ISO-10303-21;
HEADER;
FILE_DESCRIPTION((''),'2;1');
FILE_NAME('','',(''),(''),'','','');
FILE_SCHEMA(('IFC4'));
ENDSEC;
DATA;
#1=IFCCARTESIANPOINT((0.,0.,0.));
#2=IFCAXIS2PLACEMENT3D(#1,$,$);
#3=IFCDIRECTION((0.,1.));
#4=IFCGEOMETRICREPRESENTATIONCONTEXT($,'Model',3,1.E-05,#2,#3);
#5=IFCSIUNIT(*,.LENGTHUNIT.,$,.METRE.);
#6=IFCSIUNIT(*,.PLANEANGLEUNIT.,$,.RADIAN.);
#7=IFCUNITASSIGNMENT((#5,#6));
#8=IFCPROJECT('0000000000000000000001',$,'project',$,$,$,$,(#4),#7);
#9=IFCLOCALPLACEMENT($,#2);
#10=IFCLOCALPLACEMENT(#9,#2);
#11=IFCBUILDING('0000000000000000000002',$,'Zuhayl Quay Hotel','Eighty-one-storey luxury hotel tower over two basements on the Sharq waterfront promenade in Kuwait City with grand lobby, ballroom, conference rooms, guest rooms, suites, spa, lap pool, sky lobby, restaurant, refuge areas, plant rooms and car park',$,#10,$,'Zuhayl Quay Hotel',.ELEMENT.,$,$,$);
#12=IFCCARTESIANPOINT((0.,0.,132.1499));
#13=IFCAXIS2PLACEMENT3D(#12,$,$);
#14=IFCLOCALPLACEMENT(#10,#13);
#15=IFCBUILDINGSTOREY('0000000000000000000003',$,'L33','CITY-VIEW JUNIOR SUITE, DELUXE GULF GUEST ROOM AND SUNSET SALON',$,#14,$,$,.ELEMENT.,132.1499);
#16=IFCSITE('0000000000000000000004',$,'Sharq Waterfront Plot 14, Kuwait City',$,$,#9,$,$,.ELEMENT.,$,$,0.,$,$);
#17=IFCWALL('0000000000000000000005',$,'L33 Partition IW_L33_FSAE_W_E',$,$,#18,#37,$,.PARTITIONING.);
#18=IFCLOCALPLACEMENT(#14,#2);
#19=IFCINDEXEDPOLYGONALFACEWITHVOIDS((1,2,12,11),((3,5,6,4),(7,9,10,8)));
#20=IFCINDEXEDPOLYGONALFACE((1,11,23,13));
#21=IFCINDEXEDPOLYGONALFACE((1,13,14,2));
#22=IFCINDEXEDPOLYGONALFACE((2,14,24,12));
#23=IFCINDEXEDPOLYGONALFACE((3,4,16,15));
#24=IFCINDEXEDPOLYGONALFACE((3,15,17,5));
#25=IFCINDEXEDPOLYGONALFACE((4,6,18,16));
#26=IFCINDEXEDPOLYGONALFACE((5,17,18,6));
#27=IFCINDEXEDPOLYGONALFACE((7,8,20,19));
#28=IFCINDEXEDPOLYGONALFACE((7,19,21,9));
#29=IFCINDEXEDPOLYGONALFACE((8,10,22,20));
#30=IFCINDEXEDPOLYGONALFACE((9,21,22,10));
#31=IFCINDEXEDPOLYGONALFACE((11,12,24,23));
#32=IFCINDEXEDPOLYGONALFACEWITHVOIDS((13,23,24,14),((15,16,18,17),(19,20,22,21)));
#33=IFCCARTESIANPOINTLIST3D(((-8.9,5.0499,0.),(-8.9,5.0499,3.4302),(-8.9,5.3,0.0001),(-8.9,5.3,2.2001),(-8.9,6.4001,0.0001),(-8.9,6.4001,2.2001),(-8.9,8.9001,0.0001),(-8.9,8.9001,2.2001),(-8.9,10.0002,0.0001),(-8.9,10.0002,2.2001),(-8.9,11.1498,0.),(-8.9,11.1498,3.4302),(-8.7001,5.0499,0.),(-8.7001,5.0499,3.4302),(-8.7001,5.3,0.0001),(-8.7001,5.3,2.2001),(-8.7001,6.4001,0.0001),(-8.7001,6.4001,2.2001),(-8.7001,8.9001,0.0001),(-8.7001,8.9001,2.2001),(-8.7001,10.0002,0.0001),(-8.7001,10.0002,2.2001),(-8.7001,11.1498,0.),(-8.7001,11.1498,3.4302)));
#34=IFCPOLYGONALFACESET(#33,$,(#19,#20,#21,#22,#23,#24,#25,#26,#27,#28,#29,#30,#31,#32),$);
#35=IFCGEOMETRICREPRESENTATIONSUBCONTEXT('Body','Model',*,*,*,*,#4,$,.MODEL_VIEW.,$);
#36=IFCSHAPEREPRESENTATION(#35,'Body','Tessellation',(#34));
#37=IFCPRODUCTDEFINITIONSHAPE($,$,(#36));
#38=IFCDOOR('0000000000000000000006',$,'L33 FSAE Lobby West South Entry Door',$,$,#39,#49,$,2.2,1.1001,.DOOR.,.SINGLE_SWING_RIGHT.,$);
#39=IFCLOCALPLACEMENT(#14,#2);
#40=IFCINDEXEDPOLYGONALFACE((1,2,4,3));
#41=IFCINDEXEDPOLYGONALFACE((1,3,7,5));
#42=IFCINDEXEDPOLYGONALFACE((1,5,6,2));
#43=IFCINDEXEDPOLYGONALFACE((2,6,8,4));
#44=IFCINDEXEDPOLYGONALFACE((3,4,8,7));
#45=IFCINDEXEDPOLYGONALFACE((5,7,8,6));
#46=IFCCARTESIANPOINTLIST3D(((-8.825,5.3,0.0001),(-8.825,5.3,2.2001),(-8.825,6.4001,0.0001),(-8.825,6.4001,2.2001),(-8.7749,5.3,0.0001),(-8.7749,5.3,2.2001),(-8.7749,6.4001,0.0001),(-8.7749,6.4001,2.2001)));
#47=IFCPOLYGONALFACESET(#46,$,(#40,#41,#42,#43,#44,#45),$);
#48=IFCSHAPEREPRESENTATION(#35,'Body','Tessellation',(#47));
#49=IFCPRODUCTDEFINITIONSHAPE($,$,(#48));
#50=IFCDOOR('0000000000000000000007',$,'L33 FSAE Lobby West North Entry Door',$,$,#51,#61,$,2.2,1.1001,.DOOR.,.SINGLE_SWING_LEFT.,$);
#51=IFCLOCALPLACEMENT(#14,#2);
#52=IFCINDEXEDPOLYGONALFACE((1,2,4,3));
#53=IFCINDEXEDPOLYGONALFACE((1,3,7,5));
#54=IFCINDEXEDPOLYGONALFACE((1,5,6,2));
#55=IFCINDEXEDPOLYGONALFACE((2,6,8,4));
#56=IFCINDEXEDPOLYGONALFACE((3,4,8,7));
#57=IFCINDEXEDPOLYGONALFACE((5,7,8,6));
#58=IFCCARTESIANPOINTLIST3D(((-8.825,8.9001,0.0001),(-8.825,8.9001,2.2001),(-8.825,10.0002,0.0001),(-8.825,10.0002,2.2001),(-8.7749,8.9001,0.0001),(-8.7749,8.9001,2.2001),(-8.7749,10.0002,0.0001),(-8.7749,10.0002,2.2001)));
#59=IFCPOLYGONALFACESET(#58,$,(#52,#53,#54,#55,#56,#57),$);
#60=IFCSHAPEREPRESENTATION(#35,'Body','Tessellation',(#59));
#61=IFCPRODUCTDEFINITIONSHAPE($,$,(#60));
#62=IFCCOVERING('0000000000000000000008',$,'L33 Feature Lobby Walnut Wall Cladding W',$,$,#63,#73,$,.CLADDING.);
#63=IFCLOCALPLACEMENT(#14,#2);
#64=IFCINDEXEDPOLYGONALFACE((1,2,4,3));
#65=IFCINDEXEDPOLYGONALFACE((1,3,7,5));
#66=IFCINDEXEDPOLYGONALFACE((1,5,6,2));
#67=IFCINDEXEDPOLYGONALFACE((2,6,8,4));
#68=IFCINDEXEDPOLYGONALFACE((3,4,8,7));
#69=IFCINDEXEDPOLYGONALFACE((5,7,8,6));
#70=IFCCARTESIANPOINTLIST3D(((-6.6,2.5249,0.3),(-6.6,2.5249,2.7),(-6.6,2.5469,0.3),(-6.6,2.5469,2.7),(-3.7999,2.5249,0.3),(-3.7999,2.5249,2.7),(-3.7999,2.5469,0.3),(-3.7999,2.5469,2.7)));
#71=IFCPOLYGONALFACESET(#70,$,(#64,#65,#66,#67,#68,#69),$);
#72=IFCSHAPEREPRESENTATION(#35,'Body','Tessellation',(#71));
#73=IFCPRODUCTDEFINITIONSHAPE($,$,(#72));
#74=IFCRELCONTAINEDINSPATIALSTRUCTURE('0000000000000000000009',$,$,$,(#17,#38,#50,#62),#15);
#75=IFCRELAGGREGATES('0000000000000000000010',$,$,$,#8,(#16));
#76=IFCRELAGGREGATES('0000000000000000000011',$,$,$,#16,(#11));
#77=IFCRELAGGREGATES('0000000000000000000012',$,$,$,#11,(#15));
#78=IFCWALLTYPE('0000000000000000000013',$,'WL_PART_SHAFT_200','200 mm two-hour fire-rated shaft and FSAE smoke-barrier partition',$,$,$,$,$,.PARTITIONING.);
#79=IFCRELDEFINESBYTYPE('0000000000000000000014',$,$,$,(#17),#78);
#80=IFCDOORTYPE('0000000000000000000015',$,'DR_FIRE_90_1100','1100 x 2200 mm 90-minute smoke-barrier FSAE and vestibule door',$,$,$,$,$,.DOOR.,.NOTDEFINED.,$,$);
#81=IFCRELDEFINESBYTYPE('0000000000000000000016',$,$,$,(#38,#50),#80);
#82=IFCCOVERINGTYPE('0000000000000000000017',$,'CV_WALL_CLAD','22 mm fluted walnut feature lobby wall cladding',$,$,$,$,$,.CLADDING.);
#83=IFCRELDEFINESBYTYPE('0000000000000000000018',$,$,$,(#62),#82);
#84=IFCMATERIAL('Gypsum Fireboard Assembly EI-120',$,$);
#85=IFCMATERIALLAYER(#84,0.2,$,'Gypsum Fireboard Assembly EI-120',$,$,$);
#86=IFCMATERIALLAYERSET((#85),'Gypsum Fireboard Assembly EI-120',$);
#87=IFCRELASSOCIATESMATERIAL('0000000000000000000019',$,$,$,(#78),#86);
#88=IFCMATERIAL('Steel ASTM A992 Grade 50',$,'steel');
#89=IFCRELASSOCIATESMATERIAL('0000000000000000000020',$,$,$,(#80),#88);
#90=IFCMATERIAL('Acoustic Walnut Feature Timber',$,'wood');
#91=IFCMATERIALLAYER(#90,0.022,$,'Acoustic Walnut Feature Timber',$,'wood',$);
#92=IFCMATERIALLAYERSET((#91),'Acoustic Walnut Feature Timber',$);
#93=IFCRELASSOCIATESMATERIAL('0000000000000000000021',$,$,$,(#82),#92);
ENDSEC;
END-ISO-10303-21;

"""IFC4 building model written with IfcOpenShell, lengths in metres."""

from ifc_helpers import new_model, si_unit, direction, frame, frame_2d, origin, origin_2d, place, context, subcontext, project, spatial, rectangle, extrude, material, layer, layer_set, type_object, element, fill, save


model = new_model("IFC4")

# Units and contexts
model_context = context("Model", 3, precision=1e-05, world=origin(), true_north=direction((0.0, 1.0)))
body_context = subcontext(model_context, "Body", "Model", "MODEL_VIEW")
ifc_project = project(units=[si_unit("LENGTHUNIT", "METRE"), si_unit("PLANEANGLEUNIT", "RADIAN")], contexts=[model_context])

# Site, building, storey
site_placement = place(None, origin())
site = spatial("IfcSite", under=ifc_project, at=site_placement, Name="Sharq Waterfront Plot 14, Kuwait City", CompositionType="ELEMENT", RefElevation=0.0)
building_placement = place(site_placement, origin())
building = spatial("IfcBuilding", under=site, at=building_placement, Name="Zuhayl Quay Hotel", Description="Eighty-one-storey luxury hotel tower over two basements on the Sharq waterfront promenade in Kuwait City with grand lobby, ballroom, conference rooms, guest rooms, suites, spa, lap pool, sky lobby, restaurant, refuge areas, plant rooms and car park", LongName="Zuhayl Quay Hotel", CompositionType="ELEMENT")
storey_placement = place(building_placement, frame((0.0, 0.0, 132.1499)))
storey = spatial("IfcBuildingStorey", under=building, at=storey_placement, Name="L33", Description="CITY-VIEW JUNIOR SUITE, DELUXE GULF GUEST ROOM AND SUNSET SALON", CompositionType="ELEMENT", Elevation=132.1499)

# Shared definitions
ifc_material_1 = material(Name="Steel ASTM A992 Grade 50", Category="steel")

# Wall, openings, doors
ifc_material_2 = material(Name="Gypsum Fireboard Assembly EI-120")
ifc_layer_1 = layer(ifc_material_2, 0.2, Name="Gypsum Fireboard Assembly EI-120")
ifc_layer_set_1 = layer_set([ifc_layer_1], Name="Gypsum Fireboard Assembly EI-120")
wall_type_1 = type_object("IfcWallType", Name="WL_PART_SHAFT_200", Description="200 mm two-hour fire-rated shaft and FSAE smoke-barrier partition", PredefinedType="PARTITIONING", material=ifc_layer_set_1)
wall_1_placement = place(storey_placement, frame((-8.8, 5.05, 0.0), z_axis=(0.0, 0.0, 1.0), x_axis=(0.0, 1.0, 0.0)))
wall_1 = element("IfcWall", 1, at=wall_1_placement, inside=storey, type_object=wall_type_1, Name="L33 Partition IW_L33_FSAE_W_E", PredefinedType="PARTITIONING", context=body_context, shape_type="SweptSolid", body=[
    extrude(rectangle(XDim=6.0999, YDim=0.2, at=frame_2d((3.0498, 0.0))), origin(), (0.0, 0.0, 1.0), 3.4302),
])
opening_1_placement = place(wall_1_placement, frame((0.25, 0.0, 0.0)))
opening_1 = element("IfcOpeningElement", 2, at=opening_1_placement, cuts=wall_1, PredefinedType="OPENING", context=body_context, shape_type="SweptSolid", body=[
    extrude(rectangle(XDim=1.1001, YDim=2.2, at=frame_2d((0.55, 1.1001))), frame((0.0, 0.1099, 0.0), z_axis=(0.0, -1.0, 0.0), x_axis=(1.0, 0.0, 0.0)), (0.0, 0.0, 1.0), 0.22),
])
opening_2_placement = place(wall_1_placement, frame((3.8501, 0.0, 0.0)))
opening_2 = element("IfcOpeningElement", 3, at=opening_2_placement, cuts=wall_1, PredefinedType="OPENING", context=body_context, shape_type="SweptSolid", body=[
    extrude(rectangle(XDim=1.1001, YDim=2.2, at=frame_2d((0.55, 1.1001))), frame((0.0, 0.1099, 0.0), z_axis=(0.0, -1.0, 0.0), x_axis=(1.0, 0.0, 0.0)), (0.0, 0.0, 1.0), 0.22),
])
door_type_1 = type_object("IfcDoorType", Name="DR_FIRE_90_1100", Description="1100 x 2200 mm 90-minute smoke-barrier FSAE and vestibule door", OperationType="NOTDEFINED", PredefinedType="DOOR", material=ifc_material_1)
door_1_placement = place(opening_1_placement, origin())
door_1 = element("IfcDoor", 4, at=door_1_placement, inside=storey, type_object=door_type_1, Name="L33 FSAE Lobby West South Entry Door", OperationType="SINGLE_SWING_RIGHT", OverallHeight=2.2, OverallWidth=1.1001, PredefinedType="DOOR", context=body_context, shape_type="SweptSolid", body=[
    extrude(rectangle(XDim=1.1001, YDim=2.2, at=frame_2d((0.55, 1.1001))), frame((0.0, 0.0249, 0.0), z_axis=(0.0, -1.0, 0.0), x_axis=(1.0, 0.0, 0.0)), (0.0, 0.0, 1.0), 0.05),
])
fill(opening_1, door_1)
door_2_placement = place(opening_2_placement, origin())
door_2 = element("IfcDoor", 5, at=door_2_placement, inside=storey, type_object=door_type_1, Name="L33 FSAE Lobby West North Entry Door", OperationType="SINGLE_SWING_LEFT", OverallHeight=2.2, OverallWidth=1.1001, PredefinedType="DOOR", context=body_context, shape_type="SweptSolid", body=[
    extrude(rectangle(XDim=1.1001, YDim=2.2, at=frame_2d((0.55, 1.1001))), frame((0.0, 0.0249, 0.0), z_axis=(0.0, -1.0, 0.0), x_axis=(1.0, 0.0, 0.0)), (0.0, 0.0, 1.0), 0.05),
])
fill(opening_2, door_2)

# Covering
ifc_material_3 = material(Name="Acoustic Walnut Feature Timber", Category="wood")
ifc_layer_2 = layer(ifc_material_3, 0.022, Name="Acoustic Walnut Feature Timber", Category="wood")
ifc_layer_set_2 = layer_set([ifc_layer_2], Name="Acoustic Walnut Feature Timber")
covering_type = type_object("IfcCoveringType", Name="CV_WALL_CLAD", Description="22 mm fluted walnut feature lobby wall cladding", PredefinedType="CLADDING", material=ifc_layer_set_2)
covering_placement = place(storey_placement, frame((-5.2, 2.5359, 0.3), z_axis=(0.0, 0.0, 1.0), x_axis=(1.0, 0.0, 0.0)))
element("IfcCovering", 6, at=covering_placement, inside=storey, type_object=covering_type, Name="L33 Feature Lobby Walnut Wall Cladding W", PredefinedType="CLADDING", context=body_context, shape_type="SweptSolid", body=[
    extrude(rectangle(XDim=2.8, YDim=0.022, at=origin_2d()), origin(), (0.0, 0.0, 1.0), 2.3999),
])

save(model, "model.ifc")
